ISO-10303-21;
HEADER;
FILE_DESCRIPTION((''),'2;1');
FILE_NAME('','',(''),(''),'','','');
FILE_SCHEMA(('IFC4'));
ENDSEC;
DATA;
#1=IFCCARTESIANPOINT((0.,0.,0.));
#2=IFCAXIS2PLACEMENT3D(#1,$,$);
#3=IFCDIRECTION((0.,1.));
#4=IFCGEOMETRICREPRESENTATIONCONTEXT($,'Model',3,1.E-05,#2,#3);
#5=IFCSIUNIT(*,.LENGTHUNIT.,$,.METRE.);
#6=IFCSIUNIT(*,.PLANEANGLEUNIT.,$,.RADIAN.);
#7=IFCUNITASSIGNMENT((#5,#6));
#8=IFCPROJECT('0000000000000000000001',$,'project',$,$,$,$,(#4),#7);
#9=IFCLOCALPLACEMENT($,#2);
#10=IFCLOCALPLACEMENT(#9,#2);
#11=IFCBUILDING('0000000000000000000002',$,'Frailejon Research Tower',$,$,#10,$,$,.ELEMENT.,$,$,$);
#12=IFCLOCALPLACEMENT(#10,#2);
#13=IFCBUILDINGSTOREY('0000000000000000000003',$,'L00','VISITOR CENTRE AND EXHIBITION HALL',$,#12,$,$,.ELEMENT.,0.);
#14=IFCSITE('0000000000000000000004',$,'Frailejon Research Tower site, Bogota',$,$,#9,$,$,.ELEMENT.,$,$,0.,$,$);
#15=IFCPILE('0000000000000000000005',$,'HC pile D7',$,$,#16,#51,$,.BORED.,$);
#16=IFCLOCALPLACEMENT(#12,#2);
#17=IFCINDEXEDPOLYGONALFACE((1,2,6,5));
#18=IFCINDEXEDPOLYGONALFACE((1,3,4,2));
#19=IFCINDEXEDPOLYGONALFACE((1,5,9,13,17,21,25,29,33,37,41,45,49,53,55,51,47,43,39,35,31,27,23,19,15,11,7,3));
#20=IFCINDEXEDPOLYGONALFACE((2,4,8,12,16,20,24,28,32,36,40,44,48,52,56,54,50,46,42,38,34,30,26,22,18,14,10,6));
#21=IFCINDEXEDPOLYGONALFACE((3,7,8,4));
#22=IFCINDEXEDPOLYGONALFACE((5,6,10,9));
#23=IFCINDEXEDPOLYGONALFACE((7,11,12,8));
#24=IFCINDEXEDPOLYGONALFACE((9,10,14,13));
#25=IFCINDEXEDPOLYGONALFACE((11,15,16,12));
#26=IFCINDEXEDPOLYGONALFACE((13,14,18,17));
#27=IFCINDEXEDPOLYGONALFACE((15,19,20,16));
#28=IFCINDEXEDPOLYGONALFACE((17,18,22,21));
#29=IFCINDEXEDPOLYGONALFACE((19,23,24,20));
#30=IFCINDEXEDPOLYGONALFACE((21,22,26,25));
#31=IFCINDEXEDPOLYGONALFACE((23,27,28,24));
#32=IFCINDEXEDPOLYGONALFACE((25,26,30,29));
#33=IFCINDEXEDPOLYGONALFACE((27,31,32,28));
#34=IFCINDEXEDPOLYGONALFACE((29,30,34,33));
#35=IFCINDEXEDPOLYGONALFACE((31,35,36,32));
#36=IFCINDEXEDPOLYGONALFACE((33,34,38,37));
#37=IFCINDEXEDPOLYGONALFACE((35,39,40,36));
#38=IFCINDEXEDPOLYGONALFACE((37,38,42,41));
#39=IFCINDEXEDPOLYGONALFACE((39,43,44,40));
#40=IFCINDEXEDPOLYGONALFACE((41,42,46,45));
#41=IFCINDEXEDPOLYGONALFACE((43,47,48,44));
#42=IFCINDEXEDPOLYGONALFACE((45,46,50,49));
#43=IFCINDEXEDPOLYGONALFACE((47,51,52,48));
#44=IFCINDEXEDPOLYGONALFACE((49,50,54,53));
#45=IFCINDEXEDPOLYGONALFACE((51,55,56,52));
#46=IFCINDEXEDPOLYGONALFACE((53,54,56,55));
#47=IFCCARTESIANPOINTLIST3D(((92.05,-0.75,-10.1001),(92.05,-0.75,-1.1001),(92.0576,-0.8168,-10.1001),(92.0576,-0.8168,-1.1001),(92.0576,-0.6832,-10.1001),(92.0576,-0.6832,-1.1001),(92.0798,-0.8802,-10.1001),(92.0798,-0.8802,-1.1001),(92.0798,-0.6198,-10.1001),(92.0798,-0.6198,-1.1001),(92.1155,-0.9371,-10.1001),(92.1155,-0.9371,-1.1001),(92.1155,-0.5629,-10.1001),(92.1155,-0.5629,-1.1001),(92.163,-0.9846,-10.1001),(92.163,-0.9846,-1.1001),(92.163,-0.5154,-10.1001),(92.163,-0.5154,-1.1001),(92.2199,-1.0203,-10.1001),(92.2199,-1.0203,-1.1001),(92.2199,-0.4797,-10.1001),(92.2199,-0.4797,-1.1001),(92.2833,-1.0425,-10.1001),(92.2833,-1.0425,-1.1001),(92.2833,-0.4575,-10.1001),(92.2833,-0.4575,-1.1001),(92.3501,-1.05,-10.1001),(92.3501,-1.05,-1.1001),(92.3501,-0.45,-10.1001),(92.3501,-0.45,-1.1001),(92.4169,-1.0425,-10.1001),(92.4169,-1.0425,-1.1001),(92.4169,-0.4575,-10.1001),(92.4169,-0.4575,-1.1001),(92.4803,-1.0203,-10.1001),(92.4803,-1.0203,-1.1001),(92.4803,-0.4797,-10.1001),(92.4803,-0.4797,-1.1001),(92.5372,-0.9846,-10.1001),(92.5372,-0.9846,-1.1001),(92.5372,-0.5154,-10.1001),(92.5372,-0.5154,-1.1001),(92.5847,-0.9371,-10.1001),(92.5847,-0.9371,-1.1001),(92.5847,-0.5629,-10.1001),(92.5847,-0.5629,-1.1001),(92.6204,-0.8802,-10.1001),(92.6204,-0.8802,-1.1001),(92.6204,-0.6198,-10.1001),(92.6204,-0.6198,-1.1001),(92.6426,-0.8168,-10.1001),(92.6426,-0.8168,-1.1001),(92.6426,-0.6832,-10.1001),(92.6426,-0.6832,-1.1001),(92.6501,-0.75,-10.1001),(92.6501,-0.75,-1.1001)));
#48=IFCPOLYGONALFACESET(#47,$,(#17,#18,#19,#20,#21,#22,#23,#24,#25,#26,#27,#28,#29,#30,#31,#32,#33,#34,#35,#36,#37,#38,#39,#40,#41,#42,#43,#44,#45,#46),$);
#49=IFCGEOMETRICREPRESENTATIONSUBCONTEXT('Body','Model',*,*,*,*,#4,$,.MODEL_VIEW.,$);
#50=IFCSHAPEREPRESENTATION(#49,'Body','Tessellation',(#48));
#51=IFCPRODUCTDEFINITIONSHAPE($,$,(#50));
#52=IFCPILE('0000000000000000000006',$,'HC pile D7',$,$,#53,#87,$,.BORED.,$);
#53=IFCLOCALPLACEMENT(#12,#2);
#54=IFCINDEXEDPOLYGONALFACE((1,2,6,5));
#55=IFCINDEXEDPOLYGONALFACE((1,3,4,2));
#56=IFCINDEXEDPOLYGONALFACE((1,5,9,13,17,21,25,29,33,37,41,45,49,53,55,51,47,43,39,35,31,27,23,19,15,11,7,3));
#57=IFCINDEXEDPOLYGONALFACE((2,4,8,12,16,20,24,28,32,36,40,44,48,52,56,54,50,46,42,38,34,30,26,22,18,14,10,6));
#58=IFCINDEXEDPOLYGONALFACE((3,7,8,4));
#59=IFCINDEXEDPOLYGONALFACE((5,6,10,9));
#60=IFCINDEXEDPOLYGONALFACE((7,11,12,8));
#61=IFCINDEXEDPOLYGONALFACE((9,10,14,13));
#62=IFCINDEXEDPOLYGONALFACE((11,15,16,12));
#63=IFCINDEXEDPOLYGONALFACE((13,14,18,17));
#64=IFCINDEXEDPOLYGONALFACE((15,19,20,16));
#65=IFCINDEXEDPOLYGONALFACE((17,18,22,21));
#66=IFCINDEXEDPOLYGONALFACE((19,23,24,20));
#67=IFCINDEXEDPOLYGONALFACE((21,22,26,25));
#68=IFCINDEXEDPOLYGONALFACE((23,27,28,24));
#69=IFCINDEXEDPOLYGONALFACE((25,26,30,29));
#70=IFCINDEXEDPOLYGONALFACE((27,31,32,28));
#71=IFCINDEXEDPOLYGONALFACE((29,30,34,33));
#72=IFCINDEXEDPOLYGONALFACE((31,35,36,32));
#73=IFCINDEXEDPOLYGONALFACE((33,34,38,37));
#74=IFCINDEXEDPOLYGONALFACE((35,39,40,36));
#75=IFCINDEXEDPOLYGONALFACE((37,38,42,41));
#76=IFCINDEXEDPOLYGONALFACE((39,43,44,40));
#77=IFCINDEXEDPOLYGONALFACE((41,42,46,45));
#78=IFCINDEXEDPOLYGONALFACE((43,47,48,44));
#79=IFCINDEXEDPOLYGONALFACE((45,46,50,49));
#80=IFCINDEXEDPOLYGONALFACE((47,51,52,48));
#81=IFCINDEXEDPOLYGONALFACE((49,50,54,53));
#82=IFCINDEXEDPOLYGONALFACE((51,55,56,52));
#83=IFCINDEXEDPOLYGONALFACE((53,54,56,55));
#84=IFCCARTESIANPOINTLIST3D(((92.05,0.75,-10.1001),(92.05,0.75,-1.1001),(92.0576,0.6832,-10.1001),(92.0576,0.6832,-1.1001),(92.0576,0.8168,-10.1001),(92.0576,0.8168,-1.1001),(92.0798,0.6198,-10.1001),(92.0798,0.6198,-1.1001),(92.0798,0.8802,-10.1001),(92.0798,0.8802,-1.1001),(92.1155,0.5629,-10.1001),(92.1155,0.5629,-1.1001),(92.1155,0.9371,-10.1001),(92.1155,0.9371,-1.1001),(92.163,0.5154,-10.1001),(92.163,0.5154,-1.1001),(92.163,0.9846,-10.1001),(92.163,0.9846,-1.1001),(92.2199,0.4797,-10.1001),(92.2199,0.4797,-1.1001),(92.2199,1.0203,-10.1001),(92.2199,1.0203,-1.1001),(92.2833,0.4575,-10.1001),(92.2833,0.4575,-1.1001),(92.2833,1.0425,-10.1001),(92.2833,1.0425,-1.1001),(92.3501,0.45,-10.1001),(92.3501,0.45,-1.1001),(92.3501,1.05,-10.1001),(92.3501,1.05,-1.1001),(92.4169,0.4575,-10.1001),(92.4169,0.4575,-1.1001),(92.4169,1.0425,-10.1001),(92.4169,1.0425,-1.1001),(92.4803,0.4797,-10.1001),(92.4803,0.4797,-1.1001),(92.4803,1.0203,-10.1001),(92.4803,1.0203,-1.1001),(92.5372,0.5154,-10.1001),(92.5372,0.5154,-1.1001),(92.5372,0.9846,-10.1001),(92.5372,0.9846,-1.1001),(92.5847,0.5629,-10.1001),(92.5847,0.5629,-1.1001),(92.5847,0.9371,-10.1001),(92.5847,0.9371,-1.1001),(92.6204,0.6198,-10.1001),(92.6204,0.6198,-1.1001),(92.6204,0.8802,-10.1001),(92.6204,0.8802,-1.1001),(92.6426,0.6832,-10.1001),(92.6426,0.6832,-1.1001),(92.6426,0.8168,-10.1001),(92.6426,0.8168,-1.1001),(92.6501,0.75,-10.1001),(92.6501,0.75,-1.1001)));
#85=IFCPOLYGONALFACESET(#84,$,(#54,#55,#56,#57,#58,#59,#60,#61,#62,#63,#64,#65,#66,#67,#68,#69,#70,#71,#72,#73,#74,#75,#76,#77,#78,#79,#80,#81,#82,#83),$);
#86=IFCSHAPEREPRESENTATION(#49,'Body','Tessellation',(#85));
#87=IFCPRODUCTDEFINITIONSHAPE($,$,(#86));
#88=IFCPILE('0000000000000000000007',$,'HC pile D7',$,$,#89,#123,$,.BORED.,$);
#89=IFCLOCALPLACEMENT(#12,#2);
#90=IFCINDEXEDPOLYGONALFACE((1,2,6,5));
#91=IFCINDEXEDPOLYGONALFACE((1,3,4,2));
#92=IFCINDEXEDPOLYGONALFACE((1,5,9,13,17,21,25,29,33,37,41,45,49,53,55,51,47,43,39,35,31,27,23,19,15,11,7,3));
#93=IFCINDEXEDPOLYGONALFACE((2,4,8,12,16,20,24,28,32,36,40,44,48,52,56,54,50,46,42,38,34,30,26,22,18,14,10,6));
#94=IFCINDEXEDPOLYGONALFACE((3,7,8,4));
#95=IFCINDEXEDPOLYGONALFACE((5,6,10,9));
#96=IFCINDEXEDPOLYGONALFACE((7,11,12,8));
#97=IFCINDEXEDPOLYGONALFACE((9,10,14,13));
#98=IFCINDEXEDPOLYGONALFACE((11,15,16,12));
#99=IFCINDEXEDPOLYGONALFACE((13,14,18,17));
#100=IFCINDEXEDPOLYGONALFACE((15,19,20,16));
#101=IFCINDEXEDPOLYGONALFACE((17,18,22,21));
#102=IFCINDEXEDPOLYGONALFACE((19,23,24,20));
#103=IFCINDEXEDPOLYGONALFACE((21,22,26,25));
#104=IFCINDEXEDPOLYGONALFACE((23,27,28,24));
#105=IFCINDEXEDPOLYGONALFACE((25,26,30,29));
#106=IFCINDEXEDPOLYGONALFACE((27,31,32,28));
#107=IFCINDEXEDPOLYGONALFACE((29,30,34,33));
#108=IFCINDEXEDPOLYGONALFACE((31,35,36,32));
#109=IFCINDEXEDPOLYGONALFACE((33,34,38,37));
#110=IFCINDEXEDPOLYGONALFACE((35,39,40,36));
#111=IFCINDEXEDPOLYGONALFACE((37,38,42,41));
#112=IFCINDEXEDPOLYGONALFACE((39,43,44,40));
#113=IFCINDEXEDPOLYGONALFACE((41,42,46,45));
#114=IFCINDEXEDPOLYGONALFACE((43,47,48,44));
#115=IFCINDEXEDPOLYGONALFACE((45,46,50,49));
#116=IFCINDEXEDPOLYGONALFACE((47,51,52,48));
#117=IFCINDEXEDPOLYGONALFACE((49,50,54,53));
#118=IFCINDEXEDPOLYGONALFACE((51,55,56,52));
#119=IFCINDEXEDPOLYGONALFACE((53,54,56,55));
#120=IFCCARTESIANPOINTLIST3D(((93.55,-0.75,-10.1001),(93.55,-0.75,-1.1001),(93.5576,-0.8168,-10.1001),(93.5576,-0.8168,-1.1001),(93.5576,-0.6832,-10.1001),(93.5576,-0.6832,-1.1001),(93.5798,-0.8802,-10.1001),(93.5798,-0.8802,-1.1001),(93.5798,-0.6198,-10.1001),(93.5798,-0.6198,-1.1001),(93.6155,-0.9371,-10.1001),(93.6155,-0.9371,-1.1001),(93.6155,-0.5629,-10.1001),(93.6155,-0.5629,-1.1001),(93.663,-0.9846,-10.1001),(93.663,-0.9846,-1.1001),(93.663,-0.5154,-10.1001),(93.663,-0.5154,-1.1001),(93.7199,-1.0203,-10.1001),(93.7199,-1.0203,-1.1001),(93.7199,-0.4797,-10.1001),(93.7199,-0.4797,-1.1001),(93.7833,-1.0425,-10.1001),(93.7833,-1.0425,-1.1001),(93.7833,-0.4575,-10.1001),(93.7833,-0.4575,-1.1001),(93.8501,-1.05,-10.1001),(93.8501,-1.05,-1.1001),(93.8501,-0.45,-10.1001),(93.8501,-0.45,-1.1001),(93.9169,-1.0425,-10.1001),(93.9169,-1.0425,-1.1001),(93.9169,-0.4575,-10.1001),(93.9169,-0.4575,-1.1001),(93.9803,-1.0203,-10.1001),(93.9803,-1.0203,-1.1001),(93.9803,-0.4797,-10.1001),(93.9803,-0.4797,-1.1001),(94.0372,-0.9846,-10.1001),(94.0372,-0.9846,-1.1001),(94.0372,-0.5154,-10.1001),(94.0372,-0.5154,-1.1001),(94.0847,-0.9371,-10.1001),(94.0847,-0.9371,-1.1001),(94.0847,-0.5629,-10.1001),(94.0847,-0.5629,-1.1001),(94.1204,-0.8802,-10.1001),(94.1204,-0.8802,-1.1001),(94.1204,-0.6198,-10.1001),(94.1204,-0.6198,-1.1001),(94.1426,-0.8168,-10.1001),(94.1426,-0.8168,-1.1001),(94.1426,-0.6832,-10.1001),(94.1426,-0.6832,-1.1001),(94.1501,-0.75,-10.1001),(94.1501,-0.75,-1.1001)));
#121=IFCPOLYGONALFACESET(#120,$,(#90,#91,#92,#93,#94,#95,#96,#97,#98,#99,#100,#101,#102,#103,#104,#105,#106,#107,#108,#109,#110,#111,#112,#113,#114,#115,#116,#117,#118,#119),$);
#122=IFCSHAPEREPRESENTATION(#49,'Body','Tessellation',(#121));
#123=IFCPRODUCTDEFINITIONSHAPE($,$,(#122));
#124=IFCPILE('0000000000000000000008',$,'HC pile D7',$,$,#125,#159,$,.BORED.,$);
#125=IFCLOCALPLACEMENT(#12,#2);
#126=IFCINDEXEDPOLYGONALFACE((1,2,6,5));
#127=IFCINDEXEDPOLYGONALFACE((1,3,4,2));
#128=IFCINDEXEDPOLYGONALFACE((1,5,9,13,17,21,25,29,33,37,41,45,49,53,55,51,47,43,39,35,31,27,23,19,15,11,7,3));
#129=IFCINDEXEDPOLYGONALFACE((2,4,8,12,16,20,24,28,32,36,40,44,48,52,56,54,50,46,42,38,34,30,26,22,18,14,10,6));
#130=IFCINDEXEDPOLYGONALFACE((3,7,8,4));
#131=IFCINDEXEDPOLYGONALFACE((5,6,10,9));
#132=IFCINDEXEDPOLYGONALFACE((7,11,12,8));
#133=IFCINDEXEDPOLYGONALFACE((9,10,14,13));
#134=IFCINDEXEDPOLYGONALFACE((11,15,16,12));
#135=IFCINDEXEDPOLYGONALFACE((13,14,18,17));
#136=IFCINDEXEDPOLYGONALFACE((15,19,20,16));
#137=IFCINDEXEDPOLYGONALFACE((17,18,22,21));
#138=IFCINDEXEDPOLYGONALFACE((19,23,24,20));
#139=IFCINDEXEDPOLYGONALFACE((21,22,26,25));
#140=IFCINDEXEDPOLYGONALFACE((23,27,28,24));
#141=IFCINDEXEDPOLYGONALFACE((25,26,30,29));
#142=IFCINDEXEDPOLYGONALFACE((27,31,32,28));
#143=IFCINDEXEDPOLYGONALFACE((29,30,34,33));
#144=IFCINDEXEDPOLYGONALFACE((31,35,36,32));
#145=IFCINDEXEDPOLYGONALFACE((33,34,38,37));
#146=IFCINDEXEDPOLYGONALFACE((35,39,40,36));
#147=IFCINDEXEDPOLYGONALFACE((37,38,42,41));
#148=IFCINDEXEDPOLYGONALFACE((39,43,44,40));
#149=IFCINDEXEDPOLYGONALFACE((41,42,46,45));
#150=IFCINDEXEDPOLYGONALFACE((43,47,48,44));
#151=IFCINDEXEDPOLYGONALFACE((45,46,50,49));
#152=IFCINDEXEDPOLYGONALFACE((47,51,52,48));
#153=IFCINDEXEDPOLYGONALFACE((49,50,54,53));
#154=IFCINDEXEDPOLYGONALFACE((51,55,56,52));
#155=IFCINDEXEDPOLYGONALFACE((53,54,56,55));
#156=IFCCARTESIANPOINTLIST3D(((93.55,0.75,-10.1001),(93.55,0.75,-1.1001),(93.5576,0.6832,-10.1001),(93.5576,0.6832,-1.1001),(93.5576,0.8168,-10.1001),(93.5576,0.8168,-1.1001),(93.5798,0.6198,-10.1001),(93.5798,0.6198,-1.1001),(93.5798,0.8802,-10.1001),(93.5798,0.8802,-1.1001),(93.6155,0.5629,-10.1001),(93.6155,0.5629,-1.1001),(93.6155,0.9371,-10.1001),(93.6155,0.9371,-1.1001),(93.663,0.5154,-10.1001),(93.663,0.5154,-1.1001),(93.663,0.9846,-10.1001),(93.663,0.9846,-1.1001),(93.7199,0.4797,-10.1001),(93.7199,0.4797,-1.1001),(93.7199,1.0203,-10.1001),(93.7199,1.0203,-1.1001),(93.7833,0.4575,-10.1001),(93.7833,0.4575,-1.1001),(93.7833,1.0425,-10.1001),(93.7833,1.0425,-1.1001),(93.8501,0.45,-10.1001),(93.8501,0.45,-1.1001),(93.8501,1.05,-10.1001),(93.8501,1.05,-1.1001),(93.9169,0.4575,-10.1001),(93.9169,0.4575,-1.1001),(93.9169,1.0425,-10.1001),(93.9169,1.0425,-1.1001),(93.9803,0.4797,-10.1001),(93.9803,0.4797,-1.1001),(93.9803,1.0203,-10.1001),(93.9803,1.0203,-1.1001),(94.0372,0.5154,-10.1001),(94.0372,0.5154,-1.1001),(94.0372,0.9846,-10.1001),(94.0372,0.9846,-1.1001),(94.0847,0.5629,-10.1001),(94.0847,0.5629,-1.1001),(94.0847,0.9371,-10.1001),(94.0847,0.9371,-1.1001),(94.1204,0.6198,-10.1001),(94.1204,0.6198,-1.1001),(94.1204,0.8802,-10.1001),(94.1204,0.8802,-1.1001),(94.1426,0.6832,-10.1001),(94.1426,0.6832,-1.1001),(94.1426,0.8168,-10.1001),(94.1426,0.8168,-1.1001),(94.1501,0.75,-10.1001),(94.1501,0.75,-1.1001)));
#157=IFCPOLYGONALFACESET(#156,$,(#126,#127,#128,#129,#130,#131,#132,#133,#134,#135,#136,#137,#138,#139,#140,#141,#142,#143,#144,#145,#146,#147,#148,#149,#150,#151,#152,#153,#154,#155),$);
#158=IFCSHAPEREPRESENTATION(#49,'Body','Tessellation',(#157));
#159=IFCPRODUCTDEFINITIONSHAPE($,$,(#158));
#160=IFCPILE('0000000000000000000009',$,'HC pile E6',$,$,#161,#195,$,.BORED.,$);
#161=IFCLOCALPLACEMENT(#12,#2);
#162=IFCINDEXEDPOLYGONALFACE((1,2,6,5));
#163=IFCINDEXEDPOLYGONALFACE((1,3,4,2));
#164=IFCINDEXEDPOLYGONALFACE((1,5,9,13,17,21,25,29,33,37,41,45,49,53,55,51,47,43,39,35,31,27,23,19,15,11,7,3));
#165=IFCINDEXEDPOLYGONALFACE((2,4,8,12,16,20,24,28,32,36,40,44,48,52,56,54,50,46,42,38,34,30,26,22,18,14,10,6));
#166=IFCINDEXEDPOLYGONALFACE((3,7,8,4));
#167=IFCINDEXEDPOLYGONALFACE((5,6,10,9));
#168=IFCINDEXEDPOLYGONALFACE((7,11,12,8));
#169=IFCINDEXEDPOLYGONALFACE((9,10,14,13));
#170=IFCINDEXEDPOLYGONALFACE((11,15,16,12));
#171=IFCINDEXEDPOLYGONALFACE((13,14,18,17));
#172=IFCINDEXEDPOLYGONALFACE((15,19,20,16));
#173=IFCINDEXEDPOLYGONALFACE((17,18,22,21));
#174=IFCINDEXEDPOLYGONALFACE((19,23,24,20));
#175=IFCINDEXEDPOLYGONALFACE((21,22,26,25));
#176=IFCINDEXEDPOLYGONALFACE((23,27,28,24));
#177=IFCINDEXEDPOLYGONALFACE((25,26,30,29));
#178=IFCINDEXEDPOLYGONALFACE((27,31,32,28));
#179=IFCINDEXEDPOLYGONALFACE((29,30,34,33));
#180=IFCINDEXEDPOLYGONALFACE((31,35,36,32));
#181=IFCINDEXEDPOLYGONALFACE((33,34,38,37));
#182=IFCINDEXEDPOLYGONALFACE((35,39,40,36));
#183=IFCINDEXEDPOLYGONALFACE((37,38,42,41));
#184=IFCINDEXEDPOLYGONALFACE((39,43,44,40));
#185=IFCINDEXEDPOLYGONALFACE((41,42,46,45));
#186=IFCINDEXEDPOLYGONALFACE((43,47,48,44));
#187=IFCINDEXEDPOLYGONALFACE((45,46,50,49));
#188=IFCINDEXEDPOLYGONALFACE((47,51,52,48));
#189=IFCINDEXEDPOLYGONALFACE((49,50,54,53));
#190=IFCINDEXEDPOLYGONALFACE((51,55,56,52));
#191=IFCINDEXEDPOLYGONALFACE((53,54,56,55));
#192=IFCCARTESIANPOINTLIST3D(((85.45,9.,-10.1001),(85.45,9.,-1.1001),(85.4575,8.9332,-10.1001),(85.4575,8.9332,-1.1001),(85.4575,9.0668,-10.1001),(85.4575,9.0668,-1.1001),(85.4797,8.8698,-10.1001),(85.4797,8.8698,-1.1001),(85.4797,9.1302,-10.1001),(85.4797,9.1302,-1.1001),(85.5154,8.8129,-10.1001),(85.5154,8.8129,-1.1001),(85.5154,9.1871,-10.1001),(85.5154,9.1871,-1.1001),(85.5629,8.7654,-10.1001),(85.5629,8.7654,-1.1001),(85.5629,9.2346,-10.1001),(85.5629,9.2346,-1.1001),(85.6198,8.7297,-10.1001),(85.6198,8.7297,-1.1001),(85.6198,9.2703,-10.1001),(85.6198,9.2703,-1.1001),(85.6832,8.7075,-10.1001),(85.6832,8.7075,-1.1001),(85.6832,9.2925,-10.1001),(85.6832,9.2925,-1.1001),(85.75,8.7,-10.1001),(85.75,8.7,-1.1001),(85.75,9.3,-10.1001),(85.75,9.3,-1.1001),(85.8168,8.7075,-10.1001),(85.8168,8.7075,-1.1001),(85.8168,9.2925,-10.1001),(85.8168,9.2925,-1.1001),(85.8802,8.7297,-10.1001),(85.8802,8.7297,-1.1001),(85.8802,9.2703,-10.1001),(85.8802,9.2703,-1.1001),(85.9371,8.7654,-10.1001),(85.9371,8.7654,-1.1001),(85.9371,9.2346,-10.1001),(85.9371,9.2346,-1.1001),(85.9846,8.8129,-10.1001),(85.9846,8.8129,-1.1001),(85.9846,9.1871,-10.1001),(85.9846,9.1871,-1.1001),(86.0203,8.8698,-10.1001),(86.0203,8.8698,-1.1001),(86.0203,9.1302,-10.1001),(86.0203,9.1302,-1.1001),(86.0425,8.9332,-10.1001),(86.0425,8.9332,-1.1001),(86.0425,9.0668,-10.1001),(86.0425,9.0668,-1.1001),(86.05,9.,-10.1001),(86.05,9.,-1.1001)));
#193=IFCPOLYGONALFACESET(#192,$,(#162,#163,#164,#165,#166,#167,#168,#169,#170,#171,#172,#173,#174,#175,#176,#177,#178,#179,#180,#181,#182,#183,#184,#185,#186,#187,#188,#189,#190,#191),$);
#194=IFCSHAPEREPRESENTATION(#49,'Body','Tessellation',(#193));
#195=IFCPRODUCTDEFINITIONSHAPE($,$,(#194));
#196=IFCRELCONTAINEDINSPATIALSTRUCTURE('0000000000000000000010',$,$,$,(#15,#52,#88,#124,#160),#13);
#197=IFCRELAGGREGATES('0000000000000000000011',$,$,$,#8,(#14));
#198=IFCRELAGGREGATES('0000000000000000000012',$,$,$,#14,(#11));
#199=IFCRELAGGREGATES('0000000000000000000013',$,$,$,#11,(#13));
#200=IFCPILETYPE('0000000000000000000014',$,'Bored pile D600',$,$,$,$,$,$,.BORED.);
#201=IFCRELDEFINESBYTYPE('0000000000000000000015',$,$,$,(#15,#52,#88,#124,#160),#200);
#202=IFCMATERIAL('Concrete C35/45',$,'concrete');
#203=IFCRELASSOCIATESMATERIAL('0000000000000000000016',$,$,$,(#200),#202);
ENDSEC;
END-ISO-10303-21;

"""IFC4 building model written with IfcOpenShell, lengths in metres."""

from ifc_helpers import new_model, si_unit, direction, frame, origin, origin_2d, place, context, subcontext, project, spatial, circle, extrude, material, material_profile, profile_set, type_object, element, save


model = new_model("IFC4")

# Units and contexts
model_context = context("Model", 3, precision=1e-05, world=origin(), true_north=direction((0.0, 1.0)))
body_context = subcontext(model_context, "Body", "Model", "MODEL_VIEW")
ifc_project = project(units=[si_unit("LENGTHUNIT", "METRE"), si_unit("PLANEANGLEUNIT", "RADIAN")], contexts=[model_context])

# Site, building, storey
site_placement = place(None, origin())
site = spatial("IfcSite", under=ifc_project, at=site_placement, Name="Frailejon Research Tower site, Bogota", CompositionType="ELEMENT", RefElevation=0.0)
building_placement = place(site_placement, origin())
building = spatial("IfcBuilding", under=site, at=building_placement, Name="Frailejon Research Tower", CompositionType="ELEMENT")
storey_placement = place(building_placement, origin())
storey = spatial("IfcBuildingStorey", under=building, at=storey_placement, Name="L00", Description="VISITOR CENTRE AND EXHIBITION HALL", CompositionType="ELEMENT", Elevation=0.0)

# Piles
ifc_material_1 = material(Name="Concrete C35/45", Category="concrete")
ifc_material_profile_1 = material_profile(ifc_material_1, circle(Radius=0.3, at=origin_2d()), Name="Bored pile D600")
ifc_profile_set_1 = profile_set([ifc_material_profile_1], Name="Concrete C35/45")
pile_type = type_object("IfcPileType", Name="Bored pile D600", PredefinedType="BORED", material=ifc_profile_set_1)
for number, where, z_axis, x_axis, name in (
    (1, (92.3501, -0.75, -1.1001), (0.0, 0.0, -1.0), (1.0, 0.0, 0.0), "HC pile D7"),
    (2, (92.3501, 0.75, -1.1001), (0.0, 0.0, -1.0), (1.0, 0.0, 0.0), "HC pile D7"),
    (3, (93.8501, -0.75, -1.1001), (0.0, 0.0, -1.0), (1.0, 0.0, 0.0), "HC pile D7"),
    (4, (93.8501, 0.75, -1.1001), (0.0, 0.0, -1.0), (1.0, 0.0, 0.0), "HC pile D7"),
    (5, (85.75, 9.0, -1.1001), (0.0, 0.0, -1.0), (1.0, 0.0, 0.0), "HC pile E6"),
):
    element("IfcPile", number, at=place(storey_placement, frame(where, z_axis=z_axis, x_axis=x_axis)), inside=storey, type_object=pile_type, Name=name, PredefinedType="BORED", context=body_context, shape_type="SweptSolid", body=[
        extrude(circle(Radius=0.3, at=origin_2d()), origin(), (0.0, 0.0, 1.0), 9.0),
    ])

save(model, "model.ifc")
